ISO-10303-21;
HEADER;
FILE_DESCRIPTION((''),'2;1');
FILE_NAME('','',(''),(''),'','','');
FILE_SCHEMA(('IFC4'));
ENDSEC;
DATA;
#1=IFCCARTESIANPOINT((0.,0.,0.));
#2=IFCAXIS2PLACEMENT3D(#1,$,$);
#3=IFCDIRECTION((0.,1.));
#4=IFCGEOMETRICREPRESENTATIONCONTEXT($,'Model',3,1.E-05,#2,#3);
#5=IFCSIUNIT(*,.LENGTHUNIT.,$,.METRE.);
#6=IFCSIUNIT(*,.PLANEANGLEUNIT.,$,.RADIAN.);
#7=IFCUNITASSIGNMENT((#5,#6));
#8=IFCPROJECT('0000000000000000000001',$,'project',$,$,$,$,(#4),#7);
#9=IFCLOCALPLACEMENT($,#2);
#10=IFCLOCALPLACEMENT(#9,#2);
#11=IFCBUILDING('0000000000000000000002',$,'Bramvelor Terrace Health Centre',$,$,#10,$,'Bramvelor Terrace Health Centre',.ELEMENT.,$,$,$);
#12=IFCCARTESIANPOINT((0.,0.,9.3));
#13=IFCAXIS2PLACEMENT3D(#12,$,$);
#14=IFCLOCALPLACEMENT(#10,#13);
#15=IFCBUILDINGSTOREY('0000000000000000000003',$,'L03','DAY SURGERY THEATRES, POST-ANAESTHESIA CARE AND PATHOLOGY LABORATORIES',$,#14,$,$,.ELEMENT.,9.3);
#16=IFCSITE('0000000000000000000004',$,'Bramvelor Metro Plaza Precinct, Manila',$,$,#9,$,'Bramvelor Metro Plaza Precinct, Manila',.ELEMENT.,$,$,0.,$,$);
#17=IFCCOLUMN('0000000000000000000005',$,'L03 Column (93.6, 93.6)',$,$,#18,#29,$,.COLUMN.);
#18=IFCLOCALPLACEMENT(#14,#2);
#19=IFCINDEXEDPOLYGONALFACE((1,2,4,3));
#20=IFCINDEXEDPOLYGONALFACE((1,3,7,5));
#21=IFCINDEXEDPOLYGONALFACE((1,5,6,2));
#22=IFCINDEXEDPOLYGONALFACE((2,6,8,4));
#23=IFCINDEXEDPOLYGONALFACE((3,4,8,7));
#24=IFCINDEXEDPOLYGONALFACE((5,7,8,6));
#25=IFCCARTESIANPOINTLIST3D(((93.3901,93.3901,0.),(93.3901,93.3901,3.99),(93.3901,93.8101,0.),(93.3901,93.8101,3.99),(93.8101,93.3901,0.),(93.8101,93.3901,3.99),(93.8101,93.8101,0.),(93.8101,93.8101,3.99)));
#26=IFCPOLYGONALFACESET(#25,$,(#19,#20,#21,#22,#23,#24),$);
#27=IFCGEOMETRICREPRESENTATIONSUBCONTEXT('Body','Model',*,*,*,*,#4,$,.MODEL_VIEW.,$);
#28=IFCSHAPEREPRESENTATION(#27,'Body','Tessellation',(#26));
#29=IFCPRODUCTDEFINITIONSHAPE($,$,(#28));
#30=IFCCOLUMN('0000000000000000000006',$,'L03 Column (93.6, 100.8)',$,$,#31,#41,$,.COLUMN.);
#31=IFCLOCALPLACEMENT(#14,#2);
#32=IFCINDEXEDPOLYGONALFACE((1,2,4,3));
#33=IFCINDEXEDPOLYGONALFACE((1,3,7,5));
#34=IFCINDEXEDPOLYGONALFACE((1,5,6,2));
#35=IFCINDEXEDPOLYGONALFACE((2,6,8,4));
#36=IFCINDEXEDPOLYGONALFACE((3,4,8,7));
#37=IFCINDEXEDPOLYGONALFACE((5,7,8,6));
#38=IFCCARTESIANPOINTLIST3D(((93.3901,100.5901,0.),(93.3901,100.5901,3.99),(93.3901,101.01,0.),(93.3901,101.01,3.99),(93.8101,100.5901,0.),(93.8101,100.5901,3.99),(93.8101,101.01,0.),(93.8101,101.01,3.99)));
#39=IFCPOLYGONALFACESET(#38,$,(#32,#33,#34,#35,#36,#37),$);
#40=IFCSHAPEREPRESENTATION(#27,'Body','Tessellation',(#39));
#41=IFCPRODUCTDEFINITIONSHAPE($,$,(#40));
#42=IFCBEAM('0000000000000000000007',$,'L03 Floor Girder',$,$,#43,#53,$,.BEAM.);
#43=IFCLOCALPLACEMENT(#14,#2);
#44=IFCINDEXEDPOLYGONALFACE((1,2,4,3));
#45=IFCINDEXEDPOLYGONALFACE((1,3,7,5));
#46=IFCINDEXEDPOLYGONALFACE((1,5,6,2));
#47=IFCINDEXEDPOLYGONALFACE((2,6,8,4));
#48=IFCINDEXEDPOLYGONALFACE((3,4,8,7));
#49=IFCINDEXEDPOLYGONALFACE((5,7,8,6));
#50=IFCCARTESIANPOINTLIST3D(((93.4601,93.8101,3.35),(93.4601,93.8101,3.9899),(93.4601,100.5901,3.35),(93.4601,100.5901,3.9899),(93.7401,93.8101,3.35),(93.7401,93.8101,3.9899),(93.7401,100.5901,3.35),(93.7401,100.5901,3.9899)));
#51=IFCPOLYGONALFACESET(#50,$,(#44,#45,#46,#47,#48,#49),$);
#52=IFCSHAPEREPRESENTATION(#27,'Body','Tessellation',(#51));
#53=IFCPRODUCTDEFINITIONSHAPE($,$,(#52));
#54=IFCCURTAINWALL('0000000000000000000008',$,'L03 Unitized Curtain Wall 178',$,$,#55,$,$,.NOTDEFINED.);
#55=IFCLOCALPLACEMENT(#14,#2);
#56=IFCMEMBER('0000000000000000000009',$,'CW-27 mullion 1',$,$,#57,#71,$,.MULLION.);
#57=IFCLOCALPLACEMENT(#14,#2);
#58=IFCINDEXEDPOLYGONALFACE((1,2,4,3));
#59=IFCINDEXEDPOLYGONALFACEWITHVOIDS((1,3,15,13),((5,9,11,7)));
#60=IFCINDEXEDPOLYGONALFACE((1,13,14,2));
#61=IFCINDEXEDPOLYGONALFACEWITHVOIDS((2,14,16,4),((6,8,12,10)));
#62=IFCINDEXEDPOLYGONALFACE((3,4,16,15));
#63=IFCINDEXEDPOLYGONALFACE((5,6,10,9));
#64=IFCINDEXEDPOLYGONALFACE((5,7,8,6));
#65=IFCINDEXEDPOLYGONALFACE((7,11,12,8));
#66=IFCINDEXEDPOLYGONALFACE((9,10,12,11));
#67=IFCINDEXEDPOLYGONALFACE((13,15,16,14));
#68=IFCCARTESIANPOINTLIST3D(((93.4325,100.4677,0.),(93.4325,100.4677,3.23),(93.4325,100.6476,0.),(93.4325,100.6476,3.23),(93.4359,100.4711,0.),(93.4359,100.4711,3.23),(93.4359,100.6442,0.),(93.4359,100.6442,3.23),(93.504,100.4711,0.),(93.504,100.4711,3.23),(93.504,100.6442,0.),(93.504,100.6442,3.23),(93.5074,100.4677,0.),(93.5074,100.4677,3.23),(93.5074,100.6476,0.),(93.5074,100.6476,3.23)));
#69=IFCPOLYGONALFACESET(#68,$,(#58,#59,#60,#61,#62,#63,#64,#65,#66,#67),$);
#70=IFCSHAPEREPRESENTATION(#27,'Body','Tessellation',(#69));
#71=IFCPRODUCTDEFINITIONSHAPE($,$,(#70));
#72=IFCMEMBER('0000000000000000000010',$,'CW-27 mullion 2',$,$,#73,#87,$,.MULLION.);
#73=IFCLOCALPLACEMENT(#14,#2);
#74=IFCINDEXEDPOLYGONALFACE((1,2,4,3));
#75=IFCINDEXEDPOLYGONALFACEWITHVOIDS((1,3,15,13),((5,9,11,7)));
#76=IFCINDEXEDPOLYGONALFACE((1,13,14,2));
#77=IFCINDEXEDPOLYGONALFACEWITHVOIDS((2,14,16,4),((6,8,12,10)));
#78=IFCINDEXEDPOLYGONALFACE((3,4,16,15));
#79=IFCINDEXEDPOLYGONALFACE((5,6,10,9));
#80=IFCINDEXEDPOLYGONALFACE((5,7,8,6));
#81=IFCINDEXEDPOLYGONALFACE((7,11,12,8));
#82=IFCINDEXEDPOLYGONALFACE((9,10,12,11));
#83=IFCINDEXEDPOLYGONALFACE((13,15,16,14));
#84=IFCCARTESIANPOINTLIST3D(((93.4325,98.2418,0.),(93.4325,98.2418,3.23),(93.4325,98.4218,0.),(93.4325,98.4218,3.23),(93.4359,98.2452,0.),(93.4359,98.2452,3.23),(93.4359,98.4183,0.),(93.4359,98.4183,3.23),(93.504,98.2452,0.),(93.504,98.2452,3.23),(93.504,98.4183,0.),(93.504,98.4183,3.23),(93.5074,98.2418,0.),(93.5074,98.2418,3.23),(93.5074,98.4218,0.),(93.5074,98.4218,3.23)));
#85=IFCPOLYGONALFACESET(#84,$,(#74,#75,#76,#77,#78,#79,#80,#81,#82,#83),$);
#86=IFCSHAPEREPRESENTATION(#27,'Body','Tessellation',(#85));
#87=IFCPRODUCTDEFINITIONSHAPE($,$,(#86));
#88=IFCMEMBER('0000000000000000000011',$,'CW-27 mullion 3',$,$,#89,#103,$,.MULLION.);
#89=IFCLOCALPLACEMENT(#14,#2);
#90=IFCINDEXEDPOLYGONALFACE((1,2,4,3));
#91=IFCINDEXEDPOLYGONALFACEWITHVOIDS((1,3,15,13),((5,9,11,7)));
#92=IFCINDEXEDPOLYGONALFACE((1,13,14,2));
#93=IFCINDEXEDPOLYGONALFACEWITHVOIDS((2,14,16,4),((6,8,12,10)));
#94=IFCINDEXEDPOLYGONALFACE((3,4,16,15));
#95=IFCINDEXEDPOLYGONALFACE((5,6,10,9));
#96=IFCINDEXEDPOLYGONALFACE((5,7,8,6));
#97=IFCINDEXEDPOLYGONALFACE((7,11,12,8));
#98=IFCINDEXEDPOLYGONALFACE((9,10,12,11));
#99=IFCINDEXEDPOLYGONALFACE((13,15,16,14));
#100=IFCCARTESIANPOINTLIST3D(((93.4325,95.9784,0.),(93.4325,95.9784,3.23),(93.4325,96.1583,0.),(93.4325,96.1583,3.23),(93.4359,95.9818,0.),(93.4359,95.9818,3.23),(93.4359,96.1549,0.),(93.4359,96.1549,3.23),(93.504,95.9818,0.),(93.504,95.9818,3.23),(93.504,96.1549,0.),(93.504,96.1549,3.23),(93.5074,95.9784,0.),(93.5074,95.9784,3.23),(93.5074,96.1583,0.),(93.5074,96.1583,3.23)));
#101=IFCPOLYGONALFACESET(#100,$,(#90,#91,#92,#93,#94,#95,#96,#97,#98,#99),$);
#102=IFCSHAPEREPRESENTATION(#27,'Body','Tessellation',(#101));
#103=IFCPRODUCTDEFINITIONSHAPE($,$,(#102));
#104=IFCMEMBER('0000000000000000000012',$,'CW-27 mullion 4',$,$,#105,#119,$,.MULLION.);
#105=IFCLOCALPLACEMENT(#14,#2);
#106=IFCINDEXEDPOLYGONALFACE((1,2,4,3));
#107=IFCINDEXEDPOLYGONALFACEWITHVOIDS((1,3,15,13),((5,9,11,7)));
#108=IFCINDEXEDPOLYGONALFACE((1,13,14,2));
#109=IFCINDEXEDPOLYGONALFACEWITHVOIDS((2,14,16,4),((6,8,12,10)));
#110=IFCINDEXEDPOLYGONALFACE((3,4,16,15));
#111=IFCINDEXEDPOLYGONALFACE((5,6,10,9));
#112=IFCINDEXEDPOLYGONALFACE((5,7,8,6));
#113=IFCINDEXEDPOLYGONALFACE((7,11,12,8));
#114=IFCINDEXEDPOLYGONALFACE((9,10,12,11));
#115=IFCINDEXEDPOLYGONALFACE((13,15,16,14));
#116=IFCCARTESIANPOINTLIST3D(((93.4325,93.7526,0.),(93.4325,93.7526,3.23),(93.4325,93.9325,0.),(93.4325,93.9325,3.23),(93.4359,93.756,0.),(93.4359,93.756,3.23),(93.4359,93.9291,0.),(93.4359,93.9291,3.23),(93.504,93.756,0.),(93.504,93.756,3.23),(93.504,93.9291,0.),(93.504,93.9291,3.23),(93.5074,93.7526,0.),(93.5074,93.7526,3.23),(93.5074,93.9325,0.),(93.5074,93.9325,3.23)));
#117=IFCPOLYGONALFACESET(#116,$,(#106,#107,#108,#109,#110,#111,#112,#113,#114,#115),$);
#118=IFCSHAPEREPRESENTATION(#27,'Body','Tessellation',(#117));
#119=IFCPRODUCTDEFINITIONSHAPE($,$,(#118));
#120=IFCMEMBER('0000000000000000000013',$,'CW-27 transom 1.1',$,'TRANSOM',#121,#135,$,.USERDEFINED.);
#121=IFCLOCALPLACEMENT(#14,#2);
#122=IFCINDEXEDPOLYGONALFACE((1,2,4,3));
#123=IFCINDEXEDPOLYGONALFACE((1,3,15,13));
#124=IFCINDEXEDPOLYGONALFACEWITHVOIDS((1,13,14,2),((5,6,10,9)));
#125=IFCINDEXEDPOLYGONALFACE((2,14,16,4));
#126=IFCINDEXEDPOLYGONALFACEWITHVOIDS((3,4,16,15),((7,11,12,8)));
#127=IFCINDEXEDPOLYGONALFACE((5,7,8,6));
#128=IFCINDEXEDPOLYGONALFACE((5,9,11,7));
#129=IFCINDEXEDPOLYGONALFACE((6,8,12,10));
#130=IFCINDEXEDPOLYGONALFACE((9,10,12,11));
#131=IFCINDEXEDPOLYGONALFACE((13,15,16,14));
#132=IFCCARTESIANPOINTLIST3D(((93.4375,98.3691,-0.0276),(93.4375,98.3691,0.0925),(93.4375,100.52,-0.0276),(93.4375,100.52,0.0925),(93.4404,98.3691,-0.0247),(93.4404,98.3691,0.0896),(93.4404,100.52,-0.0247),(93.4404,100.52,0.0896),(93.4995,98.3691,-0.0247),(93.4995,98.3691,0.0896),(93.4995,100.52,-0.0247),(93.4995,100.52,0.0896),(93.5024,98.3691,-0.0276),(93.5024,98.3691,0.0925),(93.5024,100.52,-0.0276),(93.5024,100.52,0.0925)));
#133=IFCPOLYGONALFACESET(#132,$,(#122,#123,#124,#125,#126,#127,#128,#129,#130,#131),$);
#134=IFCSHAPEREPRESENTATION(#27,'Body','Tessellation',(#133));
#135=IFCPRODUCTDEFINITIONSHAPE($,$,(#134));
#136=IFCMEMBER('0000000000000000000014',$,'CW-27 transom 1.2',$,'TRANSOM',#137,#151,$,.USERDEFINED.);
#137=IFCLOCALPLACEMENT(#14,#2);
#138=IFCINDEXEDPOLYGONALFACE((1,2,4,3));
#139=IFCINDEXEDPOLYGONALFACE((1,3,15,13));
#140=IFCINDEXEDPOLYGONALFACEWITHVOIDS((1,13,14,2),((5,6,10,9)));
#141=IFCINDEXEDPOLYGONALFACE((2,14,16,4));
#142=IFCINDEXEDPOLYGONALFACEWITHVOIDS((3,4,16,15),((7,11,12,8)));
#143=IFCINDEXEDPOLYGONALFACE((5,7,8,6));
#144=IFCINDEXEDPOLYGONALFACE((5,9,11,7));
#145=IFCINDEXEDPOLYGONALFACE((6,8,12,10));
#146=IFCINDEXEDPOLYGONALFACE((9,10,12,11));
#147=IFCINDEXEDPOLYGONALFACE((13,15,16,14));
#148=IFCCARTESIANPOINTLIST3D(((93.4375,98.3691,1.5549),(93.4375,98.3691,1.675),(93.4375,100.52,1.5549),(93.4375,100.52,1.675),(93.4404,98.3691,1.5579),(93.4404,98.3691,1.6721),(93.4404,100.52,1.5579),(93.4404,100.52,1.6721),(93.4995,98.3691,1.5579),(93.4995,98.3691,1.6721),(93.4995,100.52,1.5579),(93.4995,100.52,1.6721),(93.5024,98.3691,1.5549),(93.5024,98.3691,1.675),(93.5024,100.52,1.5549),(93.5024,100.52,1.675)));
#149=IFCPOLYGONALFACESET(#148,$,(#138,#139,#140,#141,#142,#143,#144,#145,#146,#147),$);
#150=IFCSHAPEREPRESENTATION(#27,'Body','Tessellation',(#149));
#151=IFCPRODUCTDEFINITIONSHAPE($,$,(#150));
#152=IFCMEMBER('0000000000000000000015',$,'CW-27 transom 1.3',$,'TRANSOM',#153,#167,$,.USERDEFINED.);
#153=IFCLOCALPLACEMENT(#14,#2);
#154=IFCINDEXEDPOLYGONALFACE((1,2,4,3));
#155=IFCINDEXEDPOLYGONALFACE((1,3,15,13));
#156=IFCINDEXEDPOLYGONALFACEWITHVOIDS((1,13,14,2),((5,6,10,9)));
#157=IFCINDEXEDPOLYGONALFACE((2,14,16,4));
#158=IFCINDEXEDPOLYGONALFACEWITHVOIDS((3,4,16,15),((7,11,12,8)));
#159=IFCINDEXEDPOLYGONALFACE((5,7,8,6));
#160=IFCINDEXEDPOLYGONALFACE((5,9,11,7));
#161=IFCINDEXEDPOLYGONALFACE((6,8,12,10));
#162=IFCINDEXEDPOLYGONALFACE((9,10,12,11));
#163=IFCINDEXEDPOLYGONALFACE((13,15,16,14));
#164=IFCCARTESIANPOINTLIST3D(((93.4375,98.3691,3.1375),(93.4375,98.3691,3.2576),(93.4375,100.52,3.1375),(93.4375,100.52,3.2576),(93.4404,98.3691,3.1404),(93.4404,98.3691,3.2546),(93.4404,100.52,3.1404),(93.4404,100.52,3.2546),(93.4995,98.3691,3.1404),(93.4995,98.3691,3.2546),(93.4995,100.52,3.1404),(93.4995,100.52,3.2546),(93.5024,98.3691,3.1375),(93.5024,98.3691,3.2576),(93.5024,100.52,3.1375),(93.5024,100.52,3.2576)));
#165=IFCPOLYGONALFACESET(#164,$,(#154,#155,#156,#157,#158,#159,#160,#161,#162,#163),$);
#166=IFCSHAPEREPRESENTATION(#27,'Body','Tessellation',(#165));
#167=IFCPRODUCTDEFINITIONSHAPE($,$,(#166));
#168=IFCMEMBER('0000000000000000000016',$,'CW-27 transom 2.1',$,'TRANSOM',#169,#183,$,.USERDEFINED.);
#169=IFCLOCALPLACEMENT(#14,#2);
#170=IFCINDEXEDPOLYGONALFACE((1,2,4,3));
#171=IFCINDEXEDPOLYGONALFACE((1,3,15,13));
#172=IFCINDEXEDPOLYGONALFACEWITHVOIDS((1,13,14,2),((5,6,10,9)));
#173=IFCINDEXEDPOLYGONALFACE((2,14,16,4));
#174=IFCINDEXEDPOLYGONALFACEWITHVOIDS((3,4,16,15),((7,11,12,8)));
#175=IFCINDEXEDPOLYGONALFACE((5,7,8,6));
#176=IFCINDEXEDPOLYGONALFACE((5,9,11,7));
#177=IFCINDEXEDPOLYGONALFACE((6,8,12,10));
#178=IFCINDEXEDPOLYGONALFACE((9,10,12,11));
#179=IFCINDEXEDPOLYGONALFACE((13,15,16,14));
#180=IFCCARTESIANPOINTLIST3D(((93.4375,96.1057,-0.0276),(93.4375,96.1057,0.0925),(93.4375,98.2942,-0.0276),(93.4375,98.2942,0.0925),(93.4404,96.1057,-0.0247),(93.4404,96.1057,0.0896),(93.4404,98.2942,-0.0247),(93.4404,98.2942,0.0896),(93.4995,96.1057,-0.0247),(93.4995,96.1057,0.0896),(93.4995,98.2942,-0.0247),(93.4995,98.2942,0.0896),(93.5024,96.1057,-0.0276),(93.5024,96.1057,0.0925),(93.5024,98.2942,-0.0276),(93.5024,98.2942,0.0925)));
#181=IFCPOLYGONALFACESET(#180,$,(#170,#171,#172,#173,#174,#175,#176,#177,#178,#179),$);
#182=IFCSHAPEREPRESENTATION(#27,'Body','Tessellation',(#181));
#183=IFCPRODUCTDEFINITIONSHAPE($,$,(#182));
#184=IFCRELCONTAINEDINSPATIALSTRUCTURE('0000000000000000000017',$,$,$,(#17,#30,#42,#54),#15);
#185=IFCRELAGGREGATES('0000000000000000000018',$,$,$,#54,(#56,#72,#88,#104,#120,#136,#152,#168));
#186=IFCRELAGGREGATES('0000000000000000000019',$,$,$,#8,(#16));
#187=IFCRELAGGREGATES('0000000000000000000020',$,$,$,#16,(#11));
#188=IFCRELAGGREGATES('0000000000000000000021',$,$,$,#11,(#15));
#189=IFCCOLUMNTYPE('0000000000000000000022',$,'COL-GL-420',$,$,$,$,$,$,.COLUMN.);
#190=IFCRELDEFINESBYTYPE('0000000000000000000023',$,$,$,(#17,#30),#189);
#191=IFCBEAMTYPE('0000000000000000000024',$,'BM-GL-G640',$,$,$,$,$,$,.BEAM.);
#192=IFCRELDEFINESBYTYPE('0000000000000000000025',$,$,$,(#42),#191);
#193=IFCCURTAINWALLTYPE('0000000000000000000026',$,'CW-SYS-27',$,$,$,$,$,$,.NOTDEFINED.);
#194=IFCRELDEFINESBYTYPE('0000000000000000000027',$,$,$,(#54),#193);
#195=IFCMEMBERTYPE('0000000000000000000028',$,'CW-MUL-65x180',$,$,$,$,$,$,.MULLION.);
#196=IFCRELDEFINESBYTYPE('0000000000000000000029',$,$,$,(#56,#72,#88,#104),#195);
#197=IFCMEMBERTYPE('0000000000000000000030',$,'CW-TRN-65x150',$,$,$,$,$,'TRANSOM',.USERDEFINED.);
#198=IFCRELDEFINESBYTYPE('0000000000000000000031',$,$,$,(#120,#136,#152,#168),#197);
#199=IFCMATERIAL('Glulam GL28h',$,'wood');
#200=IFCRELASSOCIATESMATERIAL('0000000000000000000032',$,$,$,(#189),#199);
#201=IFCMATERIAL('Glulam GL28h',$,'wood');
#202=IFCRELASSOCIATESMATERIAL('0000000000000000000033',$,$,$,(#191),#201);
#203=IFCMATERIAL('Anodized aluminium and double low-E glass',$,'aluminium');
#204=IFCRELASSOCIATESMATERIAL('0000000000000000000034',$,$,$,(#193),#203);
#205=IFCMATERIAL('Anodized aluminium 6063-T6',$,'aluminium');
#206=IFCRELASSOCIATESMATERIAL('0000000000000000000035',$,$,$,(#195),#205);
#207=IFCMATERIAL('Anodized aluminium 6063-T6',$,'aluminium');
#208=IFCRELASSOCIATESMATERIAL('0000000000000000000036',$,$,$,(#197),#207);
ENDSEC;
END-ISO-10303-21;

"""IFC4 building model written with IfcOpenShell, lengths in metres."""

from ifc_helpers import new_model, si_unit, direction, frame, origin, origin_2d, place, context, subcontext, project, spatial, rectangle, hollow_rectangle, extrude, material, material_profile, profile_set, type_object, element, aggregate, save


model = new_model("IFC4")

# Units and contexts
model_context = context("Model", 3, precision=1e-05, world=origin(), true_north=direction((0.0, 1.0)))
body_context = subcontext(model_context, "Body", "Model", "MODEL_VIEW")
ifc_project = project(units=[si_unit("LENGTHUNIT", "METRE"), si_unit("PLANEANGLEUNIT", "RADIAN")], contexts=[model_context])

# Site, building, storey
site_placement = place(None, origin())
site = spatial("IfcSite", under=ifc_project, at=site_placement, Name="Bramvelor Metro Plaza Precinct, Manila", LongName="Bramvelor Metro Plaza Precinct, Manila", CompositionType="ELEMENT", RefElevation=0.0)
building_placement = place(site_placement, origin())
building = spatial("IfcBuilding", under=site, at=building_placement, Name="Bramvelor Terrace Health Centre", LongName="Bramvelor Terrace Health Centre", CompositionType="ELEMENT")
storey_placement = place(building_placement, frame((0.0, 0.0, 9.3)))
storey = spatial("IfcBuildingStorey", under=building, at=storey_placement, Name="L03", Description="DAY SURGERY THEATRES, POST-ANAESTHESIA CARE AND PATHOLOGY LABORATORIES", CompositionType="ELEMENT", Elevation=9.3)

# Columns
ifc_material_1 = material(Name="Glulam GL28h", Category="wood")
ifc_material_profile_1 = material_profile(ifc_material_1, rectangle(XDim=0.4199, YDim=0.4199, at=origin_2d()), Name="GL 420x420")
ifc_profile_set_1 = profile_set([ifc_material_profile_1], Name="Glulam GL28h")
column_type = type_object("IfcColumnType", Name="COL-GL-420", PredefinedType="COLUMN", material=ifc_profile_set_1)
for number, where, z_axis, x_axis, name in (
    (1, (93.6001, 93.6001, 0.0), (0.0, 0.0, 1.0), (1.0, 0.0, 0.0), "L03 Column (93.6, 93.6)"),
    (2, (93.6001, 100.8, 0.0), (0.0, 0.0, 1.0), (1.0, 0.0, 0.0), "L03 Column (93.6, 100.8)"),
):
    element("IfcColumn", number, at=place(storey_placement, frame(where, z_axis=z_axis, x_axis=x_axis)), inside=storey, type_object=column_type, Name=name, PredefinedType="COLUMN", context=body_context, shape_type="SweptSolid", body=[
        extrude(rectangle(XDim=0.4199, YDim=0.4199, at=origin_2d()), origin(), (0.0, 0.0, 1.0), 3.99),
    ])

# Beam
ifc_material_2 = material(Name="Glulam GL28h", Category="wood")
ifc_material_profile_2 = material_profile(ifc_material_2, rectangle(XDim=0.28, YDim=0.6399, at=origin_2d()), Name="GL 280x640")
ifc_profile_set_2 = profile_set([ifc_material_profile_2], Name="Glulam GL28h")
beam_type = type_object("IfcBeamType", Name="BM-GL-G640", PredefinedType="BEAM", material=ifc_profile_set_2)
beam_placement = place(storey_placement, frame((93.6001, 93.8101, 3.6699), z_axis=(0.0, 1.0, 0.0), x_axis=(-1.0, 0.0, 0.0)))
element("IfcBeam", 3, at=beam_placement, inside=storey, type_object=beam_type, Name="L03 Floor Girder", PredefinedType="BEAM", context=body_context, shape_type="SweptSolid", body=[
    extrude(rectangle(XDim=0.28, YDim=0.6399, at=origin_2d()), origin(), (0.0, 0.0, 1.0), 6.78),
])

# Curtain wall, members
ifc_material_3 = material(Name="Anodized aluminium and double low-E glass", Category="aluminium")
curtain_wall_type = type_object("IfcCurtainWallType", Name="CW-SYS-27", PredefinedType="NOTDEFINED", material=ifc_material_3)
curtain_wall_placement = place(storey_placement, origin())
curtain_wall = element("IfcCurtainWall", 4, at=curtain_wall_placement, inside=storey, type_object=curtain_wall_type, Name="L03 Unitized Curtain Wall 178", PredefinedType="NOTDEFINED")
ifc_material_4 = material(Name="Anodized aluminium 6063-T6", Category="aluminium")
ifc_material_profile_3 = material_profile(ifc_material_4, hollow_rectangle(XDim=0.075, YDim=0.1799, WallThickness=0.0034, at=origin_2d()), Name="ALU-MUL 75x180x3.5")
ifc_profile_set_3 = profile_set([ifc_material_profile_3], Name="Anodized aluminium 6063-T6")
member_type_1 = type_object("IfcMemberType", Name="CW-MUL-65x180", PredefinedType="MULLION", material=ifc_profile_set_3)
member_1_placement = place(storey_placement, frame((93.47, 100.5576, 0.0), z_axis=(0.0, 0.0, 1.0), x_axis=(1.0, 0.0, 0.0)))
member_1 = element("IfcMember", 5, at=member_1_placement, type_object=member_type_1, Name="CW-27 mullion 1", PredefinedType="MULLION", context=body_context, shape_type="SweptSolid", body=[
    extrude(hollow_rectangle(XDim=0.075, YDim=0.1799, WallThickness=0.0034, at=origin_2d()), origin(), (0.0, 0.0, 1.0), 3.23),
])
member_2_placement = place(storey_placement, frame((93.47, 98.3318, 0.0), z_axis=(0.0, 0.0, 1.0), x_axis=(1.0, 0.0, 0.0)))
member_2 = element("IfcMember", 6, at=member_2_placement, type_object=member_type_1, Name="CW-27 mullion 2", PredefinedType="MULLION", context=body_context, shape_type="SweptSolid", body=[
    extrude(hollow_rectangle(XDim=0.075, YDim=0.1799, WallThickness=0.0034, at=origin_2d()), origin(), (0.0, 0.0, 1.0), 3.23),
])
member_3_placement = place(storey_placement, frame((93.47, 96.0684, 0.0), z_axis=(0.0, 0.0, 1.0), x_axis=(1.0, 0.0, 0.0)))
member_3 = element("IfcMember", 7, at=member_3_placement, type_object=member_type_1, Name="CW-27 mullion 3", PredefinedType="MULLION", context=body_context, shape_type="SweptSolid", body=[
    extrude(hollow_rectangle(XDim=0.075, YDim=0.1799, WallThickness=0.0034, at=origin_2d()), origin(), (0.0, 0.0, 1.0), 3.23),
])
member_4_placement = place(storey_placement, frame((93.47, 93.8425, 0.0), z_axis=(0.0, 0.0, 1.0), x_axis=(1.0, 0.0, 0.0)))
member_4 = element("IfcMember", 8, at=member_4_placement, type_object=member_type_1, Name="CW-27 mullion 4", PredefinedType="MULLION", context=body_context, shape_type="SweptSolid", body=[
    extrude(hollow_rectangle(XDim=0.075, YDim=0.1799, WallThickness=0.0034, at=origin_2d()), origin(), (0.0, 0.0, 1.0), 3.23),
])
ifc_material_5 = material(Name="Anodized aluminium 6063-T6", Category="aluminium")
ifc_material_profile_4 = material_profile(ifc_material_5, hollow_rectangle(XDim=0.0649, YDim=0.1201, WallThickness=0.0029, at=origin_2d()), Name="ALU-TRN 65x120x3.0")
ifc_profile_set_4 = profile_set([ifc_material_profile_4], Name="Anodized aluminium 6063-T6")
member_type_2 = type_object("IfcMemberType", Name="CW-TRN-65x150", ElementType="TRANSOM", PredefinedType="USERDEFINED", material=ifc_profile_set_4)
member_5_placement = place(storey_placement, frame((93.47, 100.52, 0.0325), z_axis=(0.0, -1.0, 0.0), x_axis=(1.0, 0.0, 0.0)))
member_5 = element("IfcMember", 9, at=member_5_placement, type_object=member_type_2, Name="CW-27 transom 1.1", ObjectType="TRANSOM", PredefinedType="USERDEFINED", context=body_context, shape_type="SweptSolid", body=[
    extrude(hollow_rectangle(XDim=0.0649, YDim=0.1201, WallThickness=0.0029, at=origin_2d()), origin(), (0.0, 0.0, 1.0), 2.1509),
])
member_6_placement = place(storey_placement, frame((93.47, 100.52, 1.615), z_axis=(0.0, -1.0, 0.0), x_axis=(1.0, 0.0, 0.0)))
member_6 = element("IfcMember", 10, at=member_6_placement, type_object=member_type_2, Name="CW-27 transom 1.2", ObjectType="TRANSOM", PredefinedType="USERDEFINED", context=body_context, shape_type="SweptSolid", body=[
    extrude(hollow_rectangle(XDim=0.0649, YDim=0.1201, WallThickness=0.0029, at=origin_2d()), origin(), (0.0, 0.0, 1.0), 2.1509),
])
member_7_placement = place(storey_placement, frame((93.47, 100.52, 3.1975), z_axis=(0.0, -1.0, 0.0), x_axis=(1.0, 0.0, 0.0)))
member_7 = element("IfcMember", 11, at=member_7_placement, type_object=member_type_2, Name="CW-27 transom 1.3", ObjectType="TRANSOM", PredefinedType="USERDEFINED", context=body_context, shape_type="SweptSolid", body=[
    extrude(hollow_rectangle(XDim=0.0649, YDim=0.1201, WallThickness=0.0029, at=origin_2d()), origin(), (0.0, 0.0, 1.0), 2.1509),
])
member_8_placement = place(storey_placement, frame((93.47, 98.2942, 0.0325), z_axis=(0.0, -1.0, 0.0), x_axis=(1.0, 0.0, 0.0)))
member_8 = element("IfcMember", 12, at=member_8_placement, type_object=member_type_2, Name="CW-27 transom 2.1", ObjectType="TRANSOM", PredefinedType="USERDEFINED", context=body_context, shape_type="SweptSolid", body=[
    extrude(hollow_rectangle(XDim=0.0649, YDim=0.1201, WallThickness=0.0029, at=origin_2d()), origin(), (0.0, 0.0, 1.0), 2.1885),
])
aggregate(curtain_wall, [member_1, member_2, member_3, member_4, member_5, member_6, member_7, member_8])

save(model, "model.ifc")
